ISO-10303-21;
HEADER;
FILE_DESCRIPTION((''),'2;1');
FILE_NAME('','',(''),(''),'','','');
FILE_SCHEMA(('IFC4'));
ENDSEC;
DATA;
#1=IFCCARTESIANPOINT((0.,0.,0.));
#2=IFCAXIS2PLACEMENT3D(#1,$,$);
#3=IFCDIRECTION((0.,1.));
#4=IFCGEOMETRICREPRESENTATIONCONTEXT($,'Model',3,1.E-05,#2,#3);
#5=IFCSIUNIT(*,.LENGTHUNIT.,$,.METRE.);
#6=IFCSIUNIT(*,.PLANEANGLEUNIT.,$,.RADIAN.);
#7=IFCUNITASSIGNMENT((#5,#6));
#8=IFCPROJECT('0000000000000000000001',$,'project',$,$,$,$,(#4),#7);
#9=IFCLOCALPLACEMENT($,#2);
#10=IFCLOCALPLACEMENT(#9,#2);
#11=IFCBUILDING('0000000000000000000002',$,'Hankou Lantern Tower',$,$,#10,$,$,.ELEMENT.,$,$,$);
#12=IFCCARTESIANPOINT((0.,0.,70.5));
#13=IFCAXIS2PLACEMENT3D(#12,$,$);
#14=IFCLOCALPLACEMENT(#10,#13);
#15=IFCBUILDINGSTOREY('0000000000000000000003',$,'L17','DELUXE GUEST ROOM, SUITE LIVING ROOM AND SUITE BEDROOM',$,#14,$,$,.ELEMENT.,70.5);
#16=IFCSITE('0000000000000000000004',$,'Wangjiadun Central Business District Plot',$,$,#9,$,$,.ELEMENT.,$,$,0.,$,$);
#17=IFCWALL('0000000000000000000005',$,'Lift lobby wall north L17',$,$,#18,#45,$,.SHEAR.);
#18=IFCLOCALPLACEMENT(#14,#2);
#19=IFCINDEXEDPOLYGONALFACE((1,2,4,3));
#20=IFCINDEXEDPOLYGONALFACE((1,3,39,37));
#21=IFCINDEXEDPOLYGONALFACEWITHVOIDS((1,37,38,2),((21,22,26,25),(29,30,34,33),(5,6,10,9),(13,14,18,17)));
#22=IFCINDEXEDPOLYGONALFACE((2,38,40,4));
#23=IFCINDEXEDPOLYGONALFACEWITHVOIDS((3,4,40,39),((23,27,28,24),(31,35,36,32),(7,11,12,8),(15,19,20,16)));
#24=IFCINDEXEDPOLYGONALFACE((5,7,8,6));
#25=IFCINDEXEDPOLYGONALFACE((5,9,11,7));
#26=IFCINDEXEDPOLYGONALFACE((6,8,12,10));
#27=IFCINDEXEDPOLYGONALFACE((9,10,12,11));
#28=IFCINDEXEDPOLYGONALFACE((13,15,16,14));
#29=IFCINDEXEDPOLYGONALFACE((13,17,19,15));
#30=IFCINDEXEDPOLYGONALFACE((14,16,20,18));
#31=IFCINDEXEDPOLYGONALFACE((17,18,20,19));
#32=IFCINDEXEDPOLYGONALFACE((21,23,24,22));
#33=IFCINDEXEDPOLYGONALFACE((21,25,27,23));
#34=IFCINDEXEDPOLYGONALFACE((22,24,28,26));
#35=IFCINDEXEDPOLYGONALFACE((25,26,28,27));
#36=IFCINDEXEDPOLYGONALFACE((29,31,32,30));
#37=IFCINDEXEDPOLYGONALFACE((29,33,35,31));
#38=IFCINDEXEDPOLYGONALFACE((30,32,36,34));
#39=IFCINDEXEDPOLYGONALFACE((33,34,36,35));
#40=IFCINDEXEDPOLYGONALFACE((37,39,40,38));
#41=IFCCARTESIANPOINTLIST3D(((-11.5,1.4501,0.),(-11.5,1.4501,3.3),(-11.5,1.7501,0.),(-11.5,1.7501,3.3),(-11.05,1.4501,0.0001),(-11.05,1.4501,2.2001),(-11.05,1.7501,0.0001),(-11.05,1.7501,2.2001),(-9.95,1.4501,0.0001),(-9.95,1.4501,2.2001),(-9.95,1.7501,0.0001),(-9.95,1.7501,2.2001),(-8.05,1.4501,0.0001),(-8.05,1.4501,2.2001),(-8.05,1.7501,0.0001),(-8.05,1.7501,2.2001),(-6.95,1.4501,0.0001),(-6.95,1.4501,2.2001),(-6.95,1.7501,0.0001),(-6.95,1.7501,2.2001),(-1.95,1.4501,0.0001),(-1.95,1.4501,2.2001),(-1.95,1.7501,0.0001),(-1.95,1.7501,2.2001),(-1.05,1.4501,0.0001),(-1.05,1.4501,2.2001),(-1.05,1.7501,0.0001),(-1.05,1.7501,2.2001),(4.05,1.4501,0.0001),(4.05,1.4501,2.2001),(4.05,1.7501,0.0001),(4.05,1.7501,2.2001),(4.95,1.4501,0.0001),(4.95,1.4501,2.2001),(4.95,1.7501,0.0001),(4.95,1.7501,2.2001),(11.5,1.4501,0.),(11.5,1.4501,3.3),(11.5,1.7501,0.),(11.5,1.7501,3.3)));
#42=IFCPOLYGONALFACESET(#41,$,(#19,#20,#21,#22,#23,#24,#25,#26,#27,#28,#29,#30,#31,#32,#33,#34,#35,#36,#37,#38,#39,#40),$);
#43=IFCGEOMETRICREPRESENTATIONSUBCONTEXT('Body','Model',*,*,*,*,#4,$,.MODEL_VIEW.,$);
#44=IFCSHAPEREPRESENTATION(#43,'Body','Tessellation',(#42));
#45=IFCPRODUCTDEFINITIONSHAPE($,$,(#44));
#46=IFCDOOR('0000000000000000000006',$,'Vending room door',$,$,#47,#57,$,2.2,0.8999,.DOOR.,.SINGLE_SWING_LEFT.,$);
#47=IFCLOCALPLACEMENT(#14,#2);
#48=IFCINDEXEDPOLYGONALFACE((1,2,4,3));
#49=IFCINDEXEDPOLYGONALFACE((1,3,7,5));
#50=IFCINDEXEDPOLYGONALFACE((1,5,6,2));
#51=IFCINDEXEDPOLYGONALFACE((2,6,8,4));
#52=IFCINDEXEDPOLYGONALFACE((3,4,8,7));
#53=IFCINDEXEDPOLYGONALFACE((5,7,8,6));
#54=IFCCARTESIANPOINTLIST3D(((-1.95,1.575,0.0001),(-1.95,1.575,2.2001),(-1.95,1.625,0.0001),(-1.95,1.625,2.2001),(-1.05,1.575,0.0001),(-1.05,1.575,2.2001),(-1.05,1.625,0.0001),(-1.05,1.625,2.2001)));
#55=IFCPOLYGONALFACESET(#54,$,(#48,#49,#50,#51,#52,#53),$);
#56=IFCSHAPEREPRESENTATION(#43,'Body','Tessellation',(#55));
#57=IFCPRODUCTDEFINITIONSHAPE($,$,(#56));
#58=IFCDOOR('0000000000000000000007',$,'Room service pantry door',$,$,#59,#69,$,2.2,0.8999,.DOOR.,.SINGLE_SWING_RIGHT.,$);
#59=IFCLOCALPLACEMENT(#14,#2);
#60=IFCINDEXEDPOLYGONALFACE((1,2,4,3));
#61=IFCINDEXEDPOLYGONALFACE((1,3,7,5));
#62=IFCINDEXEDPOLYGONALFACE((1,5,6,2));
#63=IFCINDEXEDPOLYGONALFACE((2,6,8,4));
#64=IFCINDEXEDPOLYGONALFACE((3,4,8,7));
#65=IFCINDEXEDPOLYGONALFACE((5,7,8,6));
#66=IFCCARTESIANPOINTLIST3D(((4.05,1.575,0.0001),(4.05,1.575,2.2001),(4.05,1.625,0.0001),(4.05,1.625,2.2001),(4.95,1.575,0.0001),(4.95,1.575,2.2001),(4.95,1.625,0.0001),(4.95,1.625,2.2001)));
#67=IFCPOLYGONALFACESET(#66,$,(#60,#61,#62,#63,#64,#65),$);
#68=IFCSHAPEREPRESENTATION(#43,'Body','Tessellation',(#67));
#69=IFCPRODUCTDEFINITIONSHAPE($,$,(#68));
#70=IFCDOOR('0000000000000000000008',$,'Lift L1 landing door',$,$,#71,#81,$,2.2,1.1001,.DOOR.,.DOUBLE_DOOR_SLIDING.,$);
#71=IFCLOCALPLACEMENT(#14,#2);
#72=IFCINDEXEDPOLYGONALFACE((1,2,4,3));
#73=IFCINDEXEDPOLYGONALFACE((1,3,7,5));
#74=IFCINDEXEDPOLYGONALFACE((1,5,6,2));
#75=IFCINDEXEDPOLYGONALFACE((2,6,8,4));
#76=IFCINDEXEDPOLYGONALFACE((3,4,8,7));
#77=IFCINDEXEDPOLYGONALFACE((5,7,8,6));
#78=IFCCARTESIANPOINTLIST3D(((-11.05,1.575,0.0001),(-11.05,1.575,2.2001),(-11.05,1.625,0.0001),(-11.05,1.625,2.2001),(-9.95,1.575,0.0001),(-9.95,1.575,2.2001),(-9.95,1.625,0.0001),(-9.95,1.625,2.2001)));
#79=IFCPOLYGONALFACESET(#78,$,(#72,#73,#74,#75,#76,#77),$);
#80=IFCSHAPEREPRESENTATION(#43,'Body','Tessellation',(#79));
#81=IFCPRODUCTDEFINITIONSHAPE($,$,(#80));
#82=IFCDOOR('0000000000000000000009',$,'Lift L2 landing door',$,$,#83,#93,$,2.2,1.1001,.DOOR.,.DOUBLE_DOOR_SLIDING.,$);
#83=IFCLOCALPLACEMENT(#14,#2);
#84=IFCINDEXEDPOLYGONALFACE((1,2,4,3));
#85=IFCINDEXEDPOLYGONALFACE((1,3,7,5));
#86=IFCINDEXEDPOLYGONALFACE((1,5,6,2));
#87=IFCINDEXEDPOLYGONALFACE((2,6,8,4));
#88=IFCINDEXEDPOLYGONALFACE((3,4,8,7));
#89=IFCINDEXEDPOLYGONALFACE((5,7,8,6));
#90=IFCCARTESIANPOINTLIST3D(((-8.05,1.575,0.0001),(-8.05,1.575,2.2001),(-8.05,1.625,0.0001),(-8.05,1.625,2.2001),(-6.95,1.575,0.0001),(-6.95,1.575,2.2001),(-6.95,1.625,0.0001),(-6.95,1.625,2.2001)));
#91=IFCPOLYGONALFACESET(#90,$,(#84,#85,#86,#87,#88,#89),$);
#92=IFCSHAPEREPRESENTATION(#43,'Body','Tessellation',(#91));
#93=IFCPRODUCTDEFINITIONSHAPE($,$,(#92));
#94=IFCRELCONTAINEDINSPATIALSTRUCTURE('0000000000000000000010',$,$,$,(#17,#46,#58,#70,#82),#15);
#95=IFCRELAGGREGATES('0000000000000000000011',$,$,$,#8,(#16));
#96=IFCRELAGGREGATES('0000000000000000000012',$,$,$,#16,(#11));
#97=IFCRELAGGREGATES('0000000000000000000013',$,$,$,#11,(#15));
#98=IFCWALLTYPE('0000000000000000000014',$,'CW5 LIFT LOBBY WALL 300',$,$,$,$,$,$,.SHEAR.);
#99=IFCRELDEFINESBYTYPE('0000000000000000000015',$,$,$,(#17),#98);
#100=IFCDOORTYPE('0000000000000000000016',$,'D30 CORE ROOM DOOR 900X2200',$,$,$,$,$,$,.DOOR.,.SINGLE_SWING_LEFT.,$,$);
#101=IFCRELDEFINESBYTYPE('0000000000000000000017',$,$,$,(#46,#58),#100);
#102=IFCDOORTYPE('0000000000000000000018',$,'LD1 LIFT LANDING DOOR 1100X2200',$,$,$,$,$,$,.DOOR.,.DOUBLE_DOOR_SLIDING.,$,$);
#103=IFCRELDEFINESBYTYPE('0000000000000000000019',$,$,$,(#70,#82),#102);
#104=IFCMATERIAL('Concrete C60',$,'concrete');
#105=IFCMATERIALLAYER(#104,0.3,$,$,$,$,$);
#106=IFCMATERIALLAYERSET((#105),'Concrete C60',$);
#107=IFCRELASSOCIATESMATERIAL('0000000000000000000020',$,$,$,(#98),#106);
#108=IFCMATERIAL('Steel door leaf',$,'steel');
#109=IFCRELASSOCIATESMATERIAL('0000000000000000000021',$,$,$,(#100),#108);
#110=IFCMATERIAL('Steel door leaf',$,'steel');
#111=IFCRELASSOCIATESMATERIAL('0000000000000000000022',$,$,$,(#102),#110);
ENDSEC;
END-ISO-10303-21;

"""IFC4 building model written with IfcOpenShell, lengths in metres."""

from ifc_helpers import new_model, si_unit, direction, frame, frame_2d, origin, place, context, subcontext, project, spatial, rectangle, extrude, material, layer, layer_set, type_object, element, fill, save


model = new_model("IFC4")

# Units and contexts
model_context = context("Model", 3, precision=1e-05, world=origin(), true_north=direction((0.0, 1.0)))
body_context = subcontext(model_context, "Body", "Model", "MODEL_VIEW")
ifc_project = project(units=[si_unit("LENGTHUNIT", "METRE"), si_unit("PLANEANGLEUNIT", "RADIAN")], contexts=[model_context])

# Site, building, storey
site_placement = place(None, origin())
site = spatial("IfcSite", under=ifc_project, at=site_placement, Name="Wangjiadun Central Business District Plot", CompositionType="ELEMENT", RefElevation=0.0)
building_placement = place(site_placement, origin())
building = spatial("IfcBuilding", under=site, at=building_placement, Name="Hankou Lantern Tower", CompositionType="ELEMENT")
storey_placement = place(building_placement, frame((0.0, 0.0, 70.5)))
storey = spatial("IfcBuildingStorey", under=building, at=storey_placement, Name="L17", Description="DELUXE GUEST ROOM, SUITE LIVING ROOM AND SUITE BEDROOM", CompositionType="ELEMENT", Elevation=70.5)

# Wall, openings, doors
ifc_material_1 = material(Name="Concrete C60", Category="concrete")
ifc_layer_1 = layer(ifc_material_1, 0.3)
ifc_layer_set_1 = layer_set([ifc_layer_1], Name="Concrete C60")
wall_type_1 = type_object("IfcWallType", Name="CW5 LIFT LOBBY WALL 300", PredefinedType="SHEAR", material=ifc_layer_set_1)
wall_1_placement = place(storey_placement, frame((-11.5, 1.6001, 0.0), z_axis=(0.0, 0.0, 1.0), x_axis=(1.0, 0.0, 0.0)))
wall_1 = element("IfcWall", 1, at=wall_1_placement, inside=storey, type_object=wall_type_1, Name="Lift lobby wall north L17", PredefinedType="SHEAR", context=body_context, shape_type="SweptSolid", body=[
    extrude(rectangle(XDim=23.0, YDim=0.3, at=frame_2d((11.5, 0.0))), origin(), (0.0, 0.0, 1.0), 3.3),
])
opening_1_placement = place(wall_1_placement, frame((0.45, 0.0, 0.0)))
opening_1 = element("IfcOpeningElement", 2, at=opening_1_placement, cuts=wall_1, PredefinedType="OPENING", context=body_context, shape_type="SweptSolid", body=[
    extrude(rectangle(XDim=1.1001, YDim=2.2, at=frame_2d((0.55, 1.1001))), frame((0.0, 0.1599, 0.0), z_axis=(0.0, -1.0, 0.0), x_axis=(1.0, 0.0, 0.0)), (0.0, 0.0, 1.0), 0.3201),
])
opening_2_placement = place(wall_1_placement, frame((3.45, 0.0, 0.0)))
opening_2 = element("IfcOpeningElement", 3, at=opening_2_placement, cuts=wall_1, PredefinedType="OPENING", context=body_context, shape_type="SweptSolid", body=[
    extrude(rectangle(XDim=1.1001, YDim=2.2, at=frame_2d((0.55, 1.1001))), frame((0.0, 0.1599, 0.0), z_axis=(0.0, -1.0, 0.0), x_axis=(1.0, 0.0, 0.0)), (0.0, 0.0, 1.0), 0.3201),
])
opening_3_placement = place(wall_1_placement, frame((9.55, 0.0, 0.0)))
opening_3 = element("IfcOpeningElement", 4, at=opening_3_placement, cuts=wall_1, PredefinedType="OPENING", context=body_context, shape_type="SweptSolid", body=[
    extrude(rectangle(XDim=0.8999, YDim=2.2, at=frame_2d((0.45, 1.1001))), frame((0.0, 0.1599, 0.0), z_axis=(0.0, -1.0, 0.0), x_axis=(1.0, 0.0, 0.0)), (0.0, 0.0, 1.0), 0.3201),
])
opening_4_placement = place(wall_1_placement, frame((15.55, 0.0, 0.0)))
opening_4 = element("IfcOpeningElement", 5, at=opening_4_placement, cuts=wall_1, PredefinedType="OPENING", context=body_context, shape_type="SweptSolid", body=[
    extrude(rectangle(XDim=0.8999, YDim=2.2, at=frame_2d((0.45, 1.1001))), frame((0.0, 0.1599, 0.0), z_axis=(0.0, -1.0, 0.0), x_axis=(1.0, 0.0, 0.0)), (0.0, 0.0, 1.0), 0.3201),
])
ifc_material_2 = material(Name="Steel door leaf", Category="steel")
door_type_1 = type_object("IfcDoorType", Name="D30 CORE ROOM DOOR 900X2200", OperationType="SINGLE_SWING_LEFT", PredefinedType="DOOR", material=ifc_material_2)
door_1_placement = place(opening_3_placement, origin())
door_1 = element("IfcDoor", 6, at=door_1_placement, inside=storey, type_object=door_type_1, Name="Vending room door", OperationType="SINGLE_SWING_LEFT", OverallHeight=2.2, OverallWidth=0.8999, PredefinedType="DOOR", context=body_context, shape_type="SweptSolid", body=[
    extrude(rectangle(XDim=0.8999, YDim=2.2, at=frame_2d((0.45, 1.1001))), frame((0.0, 0.0249, 0.0), z_axis=(0.0, -1.0, 0.0), x_axis=(1.0, 0.0, 0.0)), (0.0, 0.0, 1.0), 0.05),
])
fill(opening_3, door_1)
door_2_placement = place(opening_4_placement, origin())
door_2 = element("IfcDoor", 7, at=door_2_placement, inside=storey, type_object=door_type_1, Name="Room service pantry door", OperationType="SINGLE_SWING_RIGHT", OverallHeight=2.2, OverallWidth=0.8999, PredefinedType="DOOR", context=body_context, shape_type="SweptSolid", body=[
    extrude(rectangle(XDim=0.8999, YDim=2.2, at=frame_2d((0.45, 1.1001))), frame((0.0, 0.0249, 0.0), z_axis=(0.0, -1.0, 0.0), x_axis=(1.0, 0.0, 0.0)), (0.0, 0.0, 1.0), 0.05),
])
fill(opening_4, door_2)
ifc_material_3 = material(Name="Steel door leaf", Category="steel")
door_type_2 = type_object("IfcDoorType", Name="LD1 LIFT LANDING DOOR 1100X2200", OperationType="DOUBLE_DOOR_SLIDING", PredefinedType="DOOR", material=ifc_material_3)
door_3_placement = place(opening_1_placement, origin())
door_3 = element("IfcDoor", 8, at=door_3_placement, inside=storey, type_object=door_type_2, Name="Lift L1 landing door", OperationType="DOUBLE_DOOR_SLIDING", OverallHeight=2.2, OverallWidth=1.1001, PredefinedType="DOOR", context=body_context, shape_type="SweptSolid", body=[
    extrude(rectangle(XDim=1.1001, YDim=2.2, at=frame_2d((0.55, 1.1001))), frame((0.0, 0.0249, 0.0), z_axis=(0.0, -1.0, 0.0), x_axis=(1.0, 0.0, 0.0)), (0.0, 0.0, 1.0), 0.05),
])
fill(opening_1, door_3)
door_4_placement = place(opening_2_placement, origin())
door_4 = element("IfcDoor", 9, at=door_4_placement, inside=storey, type_object=door_type_2, Name="Lift L2 landing door", OperationType="DOUBLE_DOOR_SLIDING", OverallHeight=2.2, OverallWidth=1.1001, PredefinedType="DOOR", context=body_context, shape_type="SweptSolid", body=[
    extrude(rectangle(XDim=1.1001, YDim=2.2, at=frame_2d((0.55, 1.1001))), frame((0.0, 0.0249, 0.0), z_axis=(0.0, -1.0, 0.0), x_axis=(1.0, 0.0, 0.0)), (0.0, 0.0, 1.0), 0.05),
])
fill(opening_2, door_4)

save(model, "model.ifc")
